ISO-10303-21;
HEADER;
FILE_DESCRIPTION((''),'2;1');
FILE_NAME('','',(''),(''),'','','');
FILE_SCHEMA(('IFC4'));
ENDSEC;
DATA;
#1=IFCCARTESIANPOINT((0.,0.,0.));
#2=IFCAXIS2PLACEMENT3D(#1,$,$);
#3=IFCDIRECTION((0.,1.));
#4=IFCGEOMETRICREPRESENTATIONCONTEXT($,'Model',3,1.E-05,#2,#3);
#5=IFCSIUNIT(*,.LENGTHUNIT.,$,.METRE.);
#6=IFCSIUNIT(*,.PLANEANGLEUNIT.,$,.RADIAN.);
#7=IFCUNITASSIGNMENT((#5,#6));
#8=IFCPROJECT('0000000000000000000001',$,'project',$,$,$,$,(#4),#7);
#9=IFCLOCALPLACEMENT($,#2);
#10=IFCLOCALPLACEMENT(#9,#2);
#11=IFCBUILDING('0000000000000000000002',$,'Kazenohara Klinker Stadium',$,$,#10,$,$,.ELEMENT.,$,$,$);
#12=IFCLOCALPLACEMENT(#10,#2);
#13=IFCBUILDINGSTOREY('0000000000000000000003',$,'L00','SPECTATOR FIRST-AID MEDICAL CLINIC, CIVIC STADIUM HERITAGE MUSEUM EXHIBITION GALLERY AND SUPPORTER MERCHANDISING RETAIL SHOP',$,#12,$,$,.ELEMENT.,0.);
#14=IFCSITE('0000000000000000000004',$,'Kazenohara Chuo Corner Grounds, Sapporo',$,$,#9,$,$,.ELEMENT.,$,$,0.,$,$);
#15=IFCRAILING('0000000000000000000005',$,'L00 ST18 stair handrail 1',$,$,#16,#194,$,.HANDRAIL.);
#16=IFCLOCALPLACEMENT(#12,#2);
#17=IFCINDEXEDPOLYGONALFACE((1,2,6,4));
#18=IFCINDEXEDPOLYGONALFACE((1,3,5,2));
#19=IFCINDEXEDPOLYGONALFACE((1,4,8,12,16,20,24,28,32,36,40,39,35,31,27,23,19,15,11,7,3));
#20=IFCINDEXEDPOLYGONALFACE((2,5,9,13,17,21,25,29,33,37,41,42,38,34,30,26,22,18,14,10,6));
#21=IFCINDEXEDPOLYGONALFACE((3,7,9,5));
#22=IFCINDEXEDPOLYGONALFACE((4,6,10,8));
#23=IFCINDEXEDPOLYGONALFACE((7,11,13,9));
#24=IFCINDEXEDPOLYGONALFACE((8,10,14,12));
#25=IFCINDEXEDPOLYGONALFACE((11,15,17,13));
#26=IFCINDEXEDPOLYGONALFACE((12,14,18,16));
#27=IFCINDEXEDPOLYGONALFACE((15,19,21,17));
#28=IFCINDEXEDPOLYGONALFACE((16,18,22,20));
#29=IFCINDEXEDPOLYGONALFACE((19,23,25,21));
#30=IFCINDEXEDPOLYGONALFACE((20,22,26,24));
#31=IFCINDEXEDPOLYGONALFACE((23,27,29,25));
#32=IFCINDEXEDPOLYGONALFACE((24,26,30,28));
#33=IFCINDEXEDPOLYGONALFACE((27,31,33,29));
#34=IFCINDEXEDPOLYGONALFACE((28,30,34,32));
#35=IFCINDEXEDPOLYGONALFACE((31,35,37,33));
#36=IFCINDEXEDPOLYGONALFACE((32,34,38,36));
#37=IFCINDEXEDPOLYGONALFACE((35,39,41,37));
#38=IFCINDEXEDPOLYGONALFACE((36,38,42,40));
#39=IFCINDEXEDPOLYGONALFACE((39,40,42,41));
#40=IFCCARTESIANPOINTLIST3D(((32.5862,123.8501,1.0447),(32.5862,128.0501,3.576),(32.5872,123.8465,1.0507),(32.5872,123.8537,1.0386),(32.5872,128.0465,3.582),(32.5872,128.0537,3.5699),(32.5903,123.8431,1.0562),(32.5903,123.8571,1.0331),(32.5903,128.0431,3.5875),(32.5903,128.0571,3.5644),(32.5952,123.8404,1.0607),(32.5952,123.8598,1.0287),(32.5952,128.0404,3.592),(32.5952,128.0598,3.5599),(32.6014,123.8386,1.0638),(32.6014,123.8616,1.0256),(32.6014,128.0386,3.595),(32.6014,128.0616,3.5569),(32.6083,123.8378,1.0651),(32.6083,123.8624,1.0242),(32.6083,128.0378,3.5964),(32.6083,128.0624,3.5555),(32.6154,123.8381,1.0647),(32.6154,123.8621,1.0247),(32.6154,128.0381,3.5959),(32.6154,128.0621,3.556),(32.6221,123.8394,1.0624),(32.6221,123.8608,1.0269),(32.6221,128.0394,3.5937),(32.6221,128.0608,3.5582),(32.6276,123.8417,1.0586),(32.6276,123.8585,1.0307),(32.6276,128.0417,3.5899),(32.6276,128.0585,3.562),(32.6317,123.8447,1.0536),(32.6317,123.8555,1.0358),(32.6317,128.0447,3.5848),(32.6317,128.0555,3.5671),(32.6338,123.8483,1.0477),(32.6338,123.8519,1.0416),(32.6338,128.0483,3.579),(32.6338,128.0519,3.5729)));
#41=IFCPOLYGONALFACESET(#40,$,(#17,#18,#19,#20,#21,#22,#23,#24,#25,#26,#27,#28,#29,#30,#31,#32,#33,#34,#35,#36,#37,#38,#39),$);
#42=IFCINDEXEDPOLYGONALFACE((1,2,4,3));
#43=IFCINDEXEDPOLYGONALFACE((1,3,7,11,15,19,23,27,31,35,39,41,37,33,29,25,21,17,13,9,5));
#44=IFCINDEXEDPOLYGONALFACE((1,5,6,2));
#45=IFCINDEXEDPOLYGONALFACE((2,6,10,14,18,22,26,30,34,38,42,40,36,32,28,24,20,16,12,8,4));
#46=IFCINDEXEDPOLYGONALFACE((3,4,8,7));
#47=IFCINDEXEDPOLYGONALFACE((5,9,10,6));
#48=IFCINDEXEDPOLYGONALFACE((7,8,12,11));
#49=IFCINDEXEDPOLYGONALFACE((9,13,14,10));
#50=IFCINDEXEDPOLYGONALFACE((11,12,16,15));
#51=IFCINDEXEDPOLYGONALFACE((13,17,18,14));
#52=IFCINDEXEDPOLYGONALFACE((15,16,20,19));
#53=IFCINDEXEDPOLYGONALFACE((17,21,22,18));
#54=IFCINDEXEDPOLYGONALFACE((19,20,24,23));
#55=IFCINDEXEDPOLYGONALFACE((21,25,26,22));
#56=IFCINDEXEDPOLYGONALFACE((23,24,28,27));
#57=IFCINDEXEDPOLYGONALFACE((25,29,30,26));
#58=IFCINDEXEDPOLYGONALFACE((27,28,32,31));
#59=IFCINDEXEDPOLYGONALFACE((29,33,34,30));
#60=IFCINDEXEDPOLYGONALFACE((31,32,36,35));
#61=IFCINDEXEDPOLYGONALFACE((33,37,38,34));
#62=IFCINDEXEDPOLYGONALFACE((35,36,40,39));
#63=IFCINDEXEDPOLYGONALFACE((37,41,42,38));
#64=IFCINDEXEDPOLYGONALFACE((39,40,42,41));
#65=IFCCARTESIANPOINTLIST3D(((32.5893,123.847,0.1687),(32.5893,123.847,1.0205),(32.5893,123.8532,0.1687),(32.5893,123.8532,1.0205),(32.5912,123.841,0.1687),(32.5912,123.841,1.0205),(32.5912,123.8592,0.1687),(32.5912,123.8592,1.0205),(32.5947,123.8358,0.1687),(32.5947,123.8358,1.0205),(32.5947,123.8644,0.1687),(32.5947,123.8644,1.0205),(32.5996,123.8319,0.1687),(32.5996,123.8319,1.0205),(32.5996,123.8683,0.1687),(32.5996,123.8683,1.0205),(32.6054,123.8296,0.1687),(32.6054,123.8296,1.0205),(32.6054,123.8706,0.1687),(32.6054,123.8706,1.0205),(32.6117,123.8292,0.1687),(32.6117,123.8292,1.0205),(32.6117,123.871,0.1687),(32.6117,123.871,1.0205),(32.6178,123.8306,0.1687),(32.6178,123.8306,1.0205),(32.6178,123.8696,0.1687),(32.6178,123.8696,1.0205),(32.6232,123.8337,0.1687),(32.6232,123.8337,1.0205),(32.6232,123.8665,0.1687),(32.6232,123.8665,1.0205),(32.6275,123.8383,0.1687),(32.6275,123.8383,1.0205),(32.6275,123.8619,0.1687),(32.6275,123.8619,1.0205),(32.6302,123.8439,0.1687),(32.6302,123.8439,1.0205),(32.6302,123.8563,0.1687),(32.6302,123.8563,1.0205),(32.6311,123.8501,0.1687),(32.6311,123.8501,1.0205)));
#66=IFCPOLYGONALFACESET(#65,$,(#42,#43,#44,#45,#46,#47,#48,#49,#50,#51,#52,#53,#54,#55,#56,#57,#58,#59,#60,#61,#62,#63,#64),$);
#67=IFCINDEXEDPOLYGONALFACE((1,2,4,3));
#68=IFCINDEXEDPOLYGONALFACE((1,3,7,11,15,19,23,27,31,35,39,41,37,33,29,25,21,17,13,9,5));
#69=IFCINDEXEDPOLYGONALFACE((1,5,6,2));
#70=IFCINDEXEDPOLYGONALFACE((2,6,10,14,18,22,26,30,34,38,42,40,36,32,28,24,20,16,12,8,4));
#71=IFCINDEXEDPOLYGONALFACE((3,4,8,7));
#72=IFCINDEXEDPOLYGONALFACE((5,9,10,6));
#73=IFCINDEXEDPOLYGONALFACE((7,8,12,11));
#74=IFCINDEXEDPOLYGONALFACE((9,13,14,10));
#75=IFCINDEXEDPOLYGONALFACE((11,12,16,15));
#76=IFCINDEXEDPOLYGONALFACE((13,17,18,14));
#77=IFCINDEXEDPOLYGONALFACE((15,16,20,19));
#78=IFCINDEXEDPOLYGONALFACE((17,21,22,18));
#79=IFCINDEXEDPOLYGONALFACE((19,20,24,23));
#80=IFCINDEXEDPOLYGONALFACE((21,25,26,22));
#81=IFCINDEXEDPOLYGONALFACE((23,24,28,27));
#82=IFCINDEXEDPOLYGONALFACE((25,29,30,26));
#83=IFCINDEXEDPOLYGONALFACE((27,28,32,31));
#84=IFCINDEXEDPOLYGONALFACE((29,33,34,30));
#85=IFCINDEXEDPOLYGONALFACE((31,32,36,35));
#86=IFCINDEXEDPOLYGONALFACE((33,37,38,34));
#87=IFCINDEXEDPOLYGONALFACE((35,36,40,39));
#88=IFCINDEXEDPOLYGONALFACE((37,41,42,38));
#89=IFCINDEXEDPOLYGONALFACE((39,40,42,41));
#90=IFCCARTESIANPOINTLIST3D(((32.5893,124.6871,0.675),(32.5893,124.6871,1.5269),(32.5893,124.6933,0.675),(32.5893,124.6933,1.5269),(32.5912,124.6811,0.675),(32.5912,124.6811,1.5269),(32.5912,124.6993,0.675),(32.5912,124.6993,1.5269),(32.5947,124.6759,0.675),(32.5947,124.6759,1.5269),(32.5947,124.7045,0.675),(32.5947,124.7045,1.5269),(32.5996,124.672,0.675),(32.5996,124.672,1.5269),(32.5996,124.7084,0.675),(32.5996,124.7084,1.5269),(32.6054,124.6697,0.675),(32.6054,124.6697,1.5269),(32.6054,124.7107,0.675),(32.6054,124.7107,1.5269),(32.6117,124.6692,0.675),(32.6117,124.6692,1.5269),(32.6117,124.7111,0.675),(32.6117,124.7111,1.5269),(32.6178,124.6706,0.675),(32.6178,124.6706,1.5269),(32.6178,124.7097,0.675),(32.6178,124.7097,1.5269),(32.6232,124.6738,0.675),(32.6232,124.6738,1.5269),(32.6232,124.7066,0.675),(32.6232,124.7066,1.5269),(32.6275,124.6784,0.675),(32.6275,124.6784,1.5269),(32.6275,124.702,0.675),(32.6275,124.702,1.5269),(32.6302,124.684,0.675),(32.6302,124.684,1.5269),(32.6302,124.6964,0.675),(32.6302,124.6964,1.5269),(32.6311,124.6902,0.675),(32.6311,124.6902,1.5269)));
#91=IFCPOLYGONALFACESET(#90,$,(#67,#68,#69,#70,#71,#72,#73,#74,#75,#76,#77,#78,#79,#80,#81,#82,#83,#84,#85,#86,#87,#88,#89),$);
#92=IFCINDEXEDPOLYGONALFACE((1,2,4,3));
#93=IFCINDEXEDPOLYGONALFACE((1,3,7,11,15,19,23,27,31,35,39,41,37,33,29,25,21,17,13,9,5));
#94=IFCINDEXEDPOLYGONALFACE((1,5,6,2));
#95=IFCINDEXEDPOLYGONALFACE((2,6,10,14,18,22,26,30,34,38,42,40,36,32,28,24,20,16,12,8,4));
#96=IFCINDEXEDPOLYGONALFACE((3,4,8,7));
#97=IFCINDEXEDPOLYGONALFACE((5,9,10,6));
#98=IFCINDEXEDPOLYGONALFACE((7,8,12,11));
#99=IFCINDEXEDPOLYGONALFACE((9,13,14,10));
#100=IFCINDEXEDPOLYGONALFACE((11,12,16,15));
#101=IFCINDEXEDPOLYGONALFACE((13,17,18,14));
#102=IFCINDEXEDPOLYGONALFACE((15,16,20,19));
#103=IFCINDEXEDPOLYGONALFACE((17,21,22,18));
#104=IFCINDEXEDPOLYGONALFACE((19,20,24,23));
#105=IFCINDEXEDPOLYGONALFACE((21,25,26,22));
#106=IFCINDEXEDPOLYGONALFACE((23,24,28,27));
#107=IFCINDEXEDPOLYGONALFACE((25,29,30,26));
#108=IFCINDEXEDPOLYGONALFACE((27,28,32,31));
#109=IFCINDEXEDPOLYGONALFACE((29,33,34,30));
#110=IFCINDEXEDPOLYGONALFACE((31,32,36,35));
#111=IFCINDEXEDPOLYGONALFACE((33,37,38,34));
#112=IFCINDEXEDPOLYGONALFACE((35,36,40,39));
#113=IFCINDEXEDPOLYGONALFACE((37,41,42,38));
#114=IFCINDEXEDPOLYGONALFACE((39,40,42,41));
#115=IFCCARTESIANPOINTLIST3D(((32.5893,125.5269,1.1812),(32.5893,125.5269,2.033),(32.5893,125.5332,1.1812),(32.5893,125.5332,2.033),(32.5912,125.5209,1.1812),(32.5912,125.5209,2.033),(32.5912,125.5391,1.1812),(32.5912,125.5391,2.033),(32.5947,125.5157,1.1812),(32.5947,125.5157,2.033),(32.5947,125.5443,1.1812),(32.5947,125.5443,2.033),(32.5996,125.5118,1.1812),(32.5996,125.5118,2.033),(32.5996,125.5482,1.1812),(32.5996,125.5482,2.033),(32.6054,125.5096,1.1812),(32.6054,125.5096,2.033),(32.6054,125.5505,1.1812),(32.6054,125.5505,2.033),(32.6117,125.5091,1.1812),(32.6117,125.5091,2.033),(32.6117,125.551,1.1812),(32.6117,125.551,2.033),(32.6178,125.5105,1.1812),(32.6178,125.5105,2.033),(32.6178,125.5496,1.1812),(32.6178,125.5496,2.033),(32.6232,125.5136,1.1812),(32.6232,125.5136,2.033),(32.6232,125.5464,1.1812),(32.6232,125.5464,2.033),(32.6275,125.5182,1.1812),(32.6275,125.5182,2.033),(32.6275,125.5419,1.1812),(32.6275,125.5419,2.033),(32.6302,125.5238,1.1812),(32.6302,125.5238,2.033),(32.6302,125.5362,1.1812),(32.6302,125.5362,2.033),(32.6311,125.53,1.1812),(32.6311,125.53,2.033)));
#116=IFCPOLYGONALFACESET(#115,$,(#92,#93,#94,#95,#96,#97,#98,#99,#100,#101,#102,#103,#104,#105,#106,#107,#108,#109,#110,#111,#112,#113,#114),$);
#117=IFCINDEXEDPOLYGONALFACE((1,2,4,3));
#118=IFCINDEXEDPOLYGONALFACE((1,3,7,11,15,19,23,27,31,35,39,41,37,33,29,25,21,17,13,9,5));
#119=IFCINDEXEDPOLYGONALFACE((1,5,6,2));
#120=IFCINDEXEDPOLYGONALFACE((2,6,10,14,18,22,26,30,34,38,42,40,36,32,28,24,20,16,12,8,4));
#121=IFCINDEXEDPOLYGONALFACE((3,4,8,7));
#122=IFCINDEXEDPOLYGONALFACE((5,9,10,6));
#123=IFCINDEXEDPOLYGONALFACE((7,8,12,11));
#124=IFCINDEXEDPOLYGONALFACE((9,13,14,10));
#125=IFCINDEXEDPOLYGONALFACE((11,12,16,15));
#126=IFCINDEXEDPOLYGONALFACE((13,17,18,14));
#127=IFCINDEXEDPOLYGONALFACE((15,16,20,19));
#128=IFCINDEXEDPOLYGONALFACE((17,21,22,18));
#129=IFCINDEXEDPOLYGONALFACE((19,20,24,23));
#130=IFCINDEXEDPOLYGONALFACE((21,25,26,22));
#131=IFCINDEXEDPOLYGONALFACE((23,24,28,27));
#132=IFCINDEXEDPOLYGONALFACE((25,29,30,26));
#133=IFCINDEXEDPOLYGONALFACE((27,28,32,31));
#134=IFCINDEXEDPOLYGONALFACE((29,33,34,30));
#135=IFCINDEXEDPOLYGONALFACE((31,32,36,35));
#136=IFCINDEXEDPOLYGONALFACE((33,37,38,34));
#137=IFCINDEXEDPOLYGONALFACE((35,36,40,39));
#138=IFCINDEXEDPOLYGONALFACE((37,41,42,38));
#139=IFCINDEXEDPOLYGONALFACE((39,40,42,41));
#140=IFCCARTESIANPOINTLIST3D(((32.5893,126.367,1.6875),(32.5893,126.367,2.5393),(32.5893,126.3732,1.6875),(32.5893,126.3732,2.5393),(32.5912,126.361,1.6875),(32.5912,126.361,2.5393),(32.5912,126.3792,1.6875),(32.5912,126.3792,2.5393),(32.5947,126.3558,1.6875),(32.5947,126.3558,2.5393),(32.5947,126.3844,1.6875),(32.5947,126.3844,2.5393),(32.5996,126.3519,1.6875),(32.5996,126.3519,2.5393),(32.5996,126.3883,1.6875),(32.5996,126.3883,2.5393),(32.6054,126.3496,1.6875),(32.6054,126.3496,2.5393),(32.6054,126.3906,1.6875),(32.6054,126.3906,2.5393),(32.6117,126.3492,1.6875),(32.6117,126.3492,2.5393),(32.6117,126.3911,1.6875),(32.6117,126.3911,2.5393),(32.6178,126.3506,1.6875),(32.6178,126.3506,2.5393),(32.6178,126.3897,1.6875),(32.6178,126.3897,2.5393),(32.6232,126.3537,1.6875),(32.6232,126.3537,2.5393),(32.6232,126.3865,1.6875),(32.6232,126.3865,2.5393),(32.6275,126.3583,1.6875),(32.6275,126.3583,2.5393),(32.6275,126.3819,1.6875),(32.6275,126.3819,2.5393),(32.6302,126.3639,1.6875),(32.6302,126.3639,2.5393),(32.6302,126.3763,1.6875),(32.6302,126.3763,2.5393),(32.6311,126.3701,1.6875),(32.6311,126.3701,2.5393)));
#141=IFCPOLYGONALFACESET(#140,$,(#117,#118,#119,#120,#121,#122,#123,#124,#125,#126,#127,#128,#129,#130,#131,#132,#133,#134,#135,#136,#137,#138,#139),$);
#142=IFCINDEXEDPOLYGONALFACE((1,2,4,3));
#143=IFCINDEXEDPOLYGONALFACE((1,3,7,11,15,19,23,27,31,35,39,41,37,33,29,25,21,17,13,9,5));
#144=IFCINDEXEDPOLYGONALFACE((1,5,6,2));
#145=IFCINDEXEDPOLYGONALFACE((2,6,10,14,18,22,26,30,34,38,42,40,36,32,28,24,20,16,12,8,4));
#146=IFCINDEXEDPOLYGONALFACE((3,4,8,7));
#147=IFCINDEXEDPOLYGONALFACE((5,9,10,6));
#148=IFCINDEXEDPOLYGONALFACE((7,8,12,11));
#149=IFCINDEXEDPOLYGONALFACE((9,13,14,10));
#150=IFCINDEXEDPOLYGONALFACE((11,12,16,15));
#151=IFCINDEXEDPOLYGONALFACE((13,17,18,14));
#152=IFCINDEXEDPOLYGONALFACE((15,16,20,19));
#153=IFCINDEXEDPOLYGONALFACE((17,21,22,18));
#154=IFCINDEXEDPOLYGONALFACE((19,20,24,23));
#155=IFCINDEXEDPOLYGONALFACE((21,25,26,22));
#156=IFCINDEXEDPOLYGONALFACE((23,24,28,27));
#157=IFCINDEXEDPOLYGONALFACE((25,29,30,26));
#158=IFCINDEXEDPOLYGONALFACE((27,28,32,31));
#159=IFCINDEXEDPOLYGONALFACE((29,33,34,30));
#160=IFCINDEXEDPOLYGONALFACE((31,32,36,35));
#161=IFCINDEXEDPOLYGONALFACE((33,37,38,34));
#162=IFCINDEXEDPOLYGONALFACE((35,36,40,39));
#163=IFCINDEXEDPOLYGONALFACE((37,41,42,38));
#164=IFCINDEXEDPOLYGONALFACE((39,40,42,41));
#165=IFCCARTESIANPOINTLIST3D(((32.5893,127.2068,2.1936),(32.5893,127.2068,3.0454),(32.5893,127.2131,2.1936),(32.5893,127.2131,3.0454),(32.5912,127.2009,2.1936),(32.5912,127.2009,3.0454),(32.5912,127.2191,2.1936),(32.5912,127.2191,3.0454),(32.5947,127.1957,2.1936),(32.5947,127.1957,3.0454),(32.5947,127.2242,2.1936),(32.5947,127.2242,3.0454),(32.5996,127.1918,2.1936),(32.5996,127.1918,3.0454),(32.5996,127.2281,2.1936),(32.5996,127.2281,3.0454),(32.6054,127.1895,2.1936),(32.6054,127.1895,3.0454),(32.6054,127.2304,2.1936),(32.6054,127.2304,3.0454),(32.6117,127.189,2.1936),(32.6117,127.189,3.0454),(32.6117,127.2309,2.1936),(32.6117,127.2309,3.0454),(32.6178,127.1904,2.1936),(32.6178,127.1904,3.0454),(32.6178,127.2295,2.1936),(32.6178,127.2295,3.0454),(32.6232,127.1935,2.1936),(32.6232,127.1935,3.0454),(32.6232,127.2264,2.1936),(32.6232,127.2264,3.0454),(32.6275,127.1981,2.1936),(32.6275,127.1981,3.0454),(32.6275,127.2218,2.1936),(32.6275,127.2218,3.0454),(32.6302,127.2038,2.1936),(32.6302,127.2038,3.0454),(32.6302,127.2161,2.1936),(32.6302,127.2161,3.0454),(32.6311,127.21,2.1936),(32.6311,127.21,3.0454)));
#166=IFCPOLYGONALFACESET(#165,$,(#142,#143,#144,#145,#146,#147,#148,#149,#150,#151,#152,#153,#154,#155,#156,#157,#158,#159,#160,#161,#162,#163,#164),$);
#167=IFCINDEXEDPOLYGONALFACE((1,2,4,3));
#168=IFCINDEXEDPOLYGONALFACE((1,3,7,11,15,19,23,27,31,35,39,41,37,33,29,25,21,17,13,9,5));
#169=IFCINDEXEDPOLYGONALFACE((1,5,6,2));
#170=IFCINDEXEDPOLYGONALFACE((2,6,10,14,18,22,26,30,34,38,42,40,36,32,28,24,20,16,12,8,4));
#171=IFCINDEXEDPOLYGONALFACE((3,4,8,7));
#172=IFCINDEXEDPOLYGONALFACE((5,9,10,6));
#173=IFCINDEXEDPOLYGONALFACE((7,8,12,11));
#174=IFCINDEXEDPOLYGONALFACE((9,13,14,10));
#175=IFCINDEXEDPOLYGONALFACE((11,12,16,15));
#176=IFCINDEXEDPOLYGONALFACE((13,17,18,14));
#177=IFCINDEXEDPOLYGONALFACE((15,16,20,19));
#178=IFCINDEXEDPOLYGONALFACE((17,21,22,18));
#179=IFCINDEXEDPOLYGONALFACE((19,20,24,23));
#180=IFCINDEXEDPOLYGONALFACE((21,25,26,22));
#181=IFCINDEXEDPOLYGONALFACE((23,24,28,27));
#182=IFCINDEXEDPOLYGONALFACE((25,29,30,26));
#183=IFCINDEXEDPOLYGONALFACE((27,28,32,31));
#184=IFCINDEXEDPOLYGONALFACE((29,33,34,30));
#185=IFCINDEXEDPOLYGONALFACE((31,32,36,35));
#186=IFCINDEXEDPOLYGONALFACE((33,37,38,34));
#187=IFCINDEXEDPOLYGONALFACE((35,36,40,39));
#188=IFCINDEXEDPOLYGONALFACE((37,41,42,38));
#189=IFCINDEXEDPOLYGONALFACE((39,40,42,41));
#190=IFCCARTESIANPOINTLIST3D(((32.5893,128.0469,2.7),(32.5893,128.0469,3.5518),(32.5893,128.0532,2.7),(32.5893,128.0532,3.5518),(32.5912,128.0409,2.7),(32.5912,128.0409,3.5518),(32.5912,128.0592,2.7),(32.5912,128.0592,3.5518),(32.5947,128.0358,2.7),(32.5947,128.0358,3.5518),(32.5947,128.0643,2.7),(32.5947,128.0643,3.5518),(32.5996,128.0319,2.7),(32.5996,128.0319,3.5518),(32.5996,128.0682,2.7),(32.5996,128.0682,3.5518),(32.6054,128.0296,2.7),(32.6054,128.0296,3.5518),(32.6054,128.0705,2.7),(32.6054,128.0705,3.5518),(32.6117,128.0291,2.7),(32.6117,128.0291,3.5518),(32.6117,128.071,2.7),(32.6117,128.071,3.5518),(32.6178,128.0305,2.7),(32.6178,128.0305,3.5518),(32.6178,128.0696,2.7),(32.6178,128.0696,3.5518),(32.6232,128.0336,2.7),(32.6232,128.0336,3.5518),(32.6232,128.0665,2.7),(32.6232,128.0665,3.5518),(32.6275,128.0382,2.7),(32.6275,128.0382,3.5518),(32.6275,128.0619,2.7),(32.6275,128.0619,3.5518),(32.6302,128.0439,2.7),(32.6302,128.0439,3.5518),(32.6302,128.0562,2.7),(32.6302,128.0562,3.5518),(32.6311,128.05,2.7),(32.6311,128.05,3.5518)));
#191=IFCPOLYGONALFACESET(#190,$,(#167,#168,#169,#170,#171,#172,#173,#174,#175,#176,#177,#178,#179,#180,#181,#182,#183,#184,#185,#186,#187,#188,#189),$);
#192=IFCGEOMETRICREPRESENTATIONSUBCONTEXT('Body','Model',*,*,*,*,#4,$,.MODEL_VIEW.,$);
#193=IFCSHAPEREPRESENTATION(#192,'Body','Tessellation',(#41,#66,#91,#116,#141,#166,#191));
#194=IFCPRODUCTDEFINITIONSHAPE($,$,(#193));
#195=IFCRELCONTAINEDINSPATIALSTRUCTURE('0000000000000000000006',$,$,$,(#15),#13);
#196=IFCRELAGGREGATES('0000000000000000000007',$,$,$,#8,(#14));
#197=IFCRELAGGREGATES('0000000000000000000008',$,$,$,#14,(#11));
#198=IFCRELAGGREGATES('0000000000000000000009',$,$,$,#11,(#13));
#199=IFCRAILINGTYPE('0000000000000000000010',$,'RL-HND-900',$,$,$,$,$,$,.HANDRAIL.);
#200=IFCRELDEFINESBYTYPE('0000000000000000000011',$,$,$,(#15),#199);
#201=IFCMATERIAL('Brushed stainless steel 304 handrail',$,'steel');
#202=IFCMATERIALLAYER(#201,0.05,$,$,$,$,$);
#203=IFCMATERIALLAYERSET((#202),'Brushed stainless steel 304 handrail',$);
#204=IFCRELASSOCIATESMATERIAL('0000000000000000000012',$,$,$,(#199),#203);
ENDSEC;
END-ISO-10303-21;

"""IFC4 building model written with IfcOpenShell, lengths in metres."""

from ifc_helpers import new_model, si_unit, direction, frame, origin, origin_2d, place, context, subcontext, project, spatial, circle, extrude, material, layer, layer_set, type_object, element, save


model = new_model("IFC4")

# Units and contexts
model_context = context("Model", 3, precision=1e-05, world=origin(), true_north=direction((0.0, 1.0)))
body_context = subcontext(model_context, "Body", "Model", "MODEL_VIEW")
ifc_project = project(units=[si_unit("LENGTHUNIT", "METRE"), si_unit("PLANEANGLEUNIT", "RADIAN")], contexts=[model_context])

# Site, building, storey
site_placement = place(None, origin())
site = spatial("IfcSite", under=ifc_project, at=site_placement, Name="Kazenohara Chuo Corner Grounds, Sapporo", CompositionType="ELEMENT", RefElevation=0.0)
building_placement = place(site_placement, origin())
building = spatial("IfcBuilding", under=site, at=building_placement, Name="Kazenohara Klinker Stadium", CompositionType="ELEMENT")
storey_placement = place(building_placement, origin())
storey = spatial("IfcBuildingStorey", under=building, at=storey_placement, Name="L00", Description="SPECTATOR FIRST-AID MEDICAL CLINIC, CIVIC STADIUM HERITAGE MUSEUM EXHIBITION GALLERY AND SUPPORTER MERCHANDISING RETAIL SHOP", CompositionType="ELEMENT", Elevation=0.0)

# Railing
ifc_material_1 = material(Name="Brushed stainless steel 304 handrail", Category="steel")
ifc_layer_1 = layer(ifc_material_1, 0.05)
ifc_layer_set_1 = layer_set([ifc_layer_1], Name="Brushed stainless steel 304 handrail")
railing_type_1 = type_object("IfcRailingType", Name="RL-HND-900", PredefinedType="HANDRAIL", material=ifc_layer_set_1)
railing_1_placement = place(storey_placement, frame((32.6101, 123.8501, 0.1687)))
element("IfcRailing", 1, at=railing_1_placement, inside=storey, type_object=railing_type_1, Name="L00 ST18 stair handrail 1", PredefinedType="HANDRAIL", context=body_context, shape_type="SweptSolid", body=[
    extrude(circle(Radius=0.0239, at=origin_2d()), frame((0.0, 0.0, 0.876), z_axis=(0.0, 0.856476, 0.516186), x_axis=(-1.0, 0.0, 0.0)), (0.0, 0.0, 1.0), 4.9038),
    extrude(circle(Radius=0.021, at=origin_2d()), origin(), (0.0, 0.0, 1.0), 0.8518),
    extrude(circle(Radius=0.021, at=origin_2d()), frame((0.0, 0.8401, 0.5063)), (0.0, 0.0, 1.0), 0.8518),
    extrude(circle(Radius=0.021, at=origin_2d()), frame((0.0, 1.6799, 1.0125)), (0.0, 0.0, 1.0), 0.8518),
    extrude(circle(Radius=0.021, at=origin_2d()), frame((0.0, 2.52, 1.5188)), (0.0, 0.0, 1.0), 0.8518),
    extrude(circle(Radius=0.021, at=origin_2d()), frame((0.0, 3.3599, 2.0249)), (0.0, 0.0, 1.0), 0.8518),
    extrude(circle(Radius=0.021, at=origin_2d()), frame((0.0, 4.2, 2.5312)), (0.0, 0.0, 1.0), 0.8518),
])

save(model, "model.ifc")
